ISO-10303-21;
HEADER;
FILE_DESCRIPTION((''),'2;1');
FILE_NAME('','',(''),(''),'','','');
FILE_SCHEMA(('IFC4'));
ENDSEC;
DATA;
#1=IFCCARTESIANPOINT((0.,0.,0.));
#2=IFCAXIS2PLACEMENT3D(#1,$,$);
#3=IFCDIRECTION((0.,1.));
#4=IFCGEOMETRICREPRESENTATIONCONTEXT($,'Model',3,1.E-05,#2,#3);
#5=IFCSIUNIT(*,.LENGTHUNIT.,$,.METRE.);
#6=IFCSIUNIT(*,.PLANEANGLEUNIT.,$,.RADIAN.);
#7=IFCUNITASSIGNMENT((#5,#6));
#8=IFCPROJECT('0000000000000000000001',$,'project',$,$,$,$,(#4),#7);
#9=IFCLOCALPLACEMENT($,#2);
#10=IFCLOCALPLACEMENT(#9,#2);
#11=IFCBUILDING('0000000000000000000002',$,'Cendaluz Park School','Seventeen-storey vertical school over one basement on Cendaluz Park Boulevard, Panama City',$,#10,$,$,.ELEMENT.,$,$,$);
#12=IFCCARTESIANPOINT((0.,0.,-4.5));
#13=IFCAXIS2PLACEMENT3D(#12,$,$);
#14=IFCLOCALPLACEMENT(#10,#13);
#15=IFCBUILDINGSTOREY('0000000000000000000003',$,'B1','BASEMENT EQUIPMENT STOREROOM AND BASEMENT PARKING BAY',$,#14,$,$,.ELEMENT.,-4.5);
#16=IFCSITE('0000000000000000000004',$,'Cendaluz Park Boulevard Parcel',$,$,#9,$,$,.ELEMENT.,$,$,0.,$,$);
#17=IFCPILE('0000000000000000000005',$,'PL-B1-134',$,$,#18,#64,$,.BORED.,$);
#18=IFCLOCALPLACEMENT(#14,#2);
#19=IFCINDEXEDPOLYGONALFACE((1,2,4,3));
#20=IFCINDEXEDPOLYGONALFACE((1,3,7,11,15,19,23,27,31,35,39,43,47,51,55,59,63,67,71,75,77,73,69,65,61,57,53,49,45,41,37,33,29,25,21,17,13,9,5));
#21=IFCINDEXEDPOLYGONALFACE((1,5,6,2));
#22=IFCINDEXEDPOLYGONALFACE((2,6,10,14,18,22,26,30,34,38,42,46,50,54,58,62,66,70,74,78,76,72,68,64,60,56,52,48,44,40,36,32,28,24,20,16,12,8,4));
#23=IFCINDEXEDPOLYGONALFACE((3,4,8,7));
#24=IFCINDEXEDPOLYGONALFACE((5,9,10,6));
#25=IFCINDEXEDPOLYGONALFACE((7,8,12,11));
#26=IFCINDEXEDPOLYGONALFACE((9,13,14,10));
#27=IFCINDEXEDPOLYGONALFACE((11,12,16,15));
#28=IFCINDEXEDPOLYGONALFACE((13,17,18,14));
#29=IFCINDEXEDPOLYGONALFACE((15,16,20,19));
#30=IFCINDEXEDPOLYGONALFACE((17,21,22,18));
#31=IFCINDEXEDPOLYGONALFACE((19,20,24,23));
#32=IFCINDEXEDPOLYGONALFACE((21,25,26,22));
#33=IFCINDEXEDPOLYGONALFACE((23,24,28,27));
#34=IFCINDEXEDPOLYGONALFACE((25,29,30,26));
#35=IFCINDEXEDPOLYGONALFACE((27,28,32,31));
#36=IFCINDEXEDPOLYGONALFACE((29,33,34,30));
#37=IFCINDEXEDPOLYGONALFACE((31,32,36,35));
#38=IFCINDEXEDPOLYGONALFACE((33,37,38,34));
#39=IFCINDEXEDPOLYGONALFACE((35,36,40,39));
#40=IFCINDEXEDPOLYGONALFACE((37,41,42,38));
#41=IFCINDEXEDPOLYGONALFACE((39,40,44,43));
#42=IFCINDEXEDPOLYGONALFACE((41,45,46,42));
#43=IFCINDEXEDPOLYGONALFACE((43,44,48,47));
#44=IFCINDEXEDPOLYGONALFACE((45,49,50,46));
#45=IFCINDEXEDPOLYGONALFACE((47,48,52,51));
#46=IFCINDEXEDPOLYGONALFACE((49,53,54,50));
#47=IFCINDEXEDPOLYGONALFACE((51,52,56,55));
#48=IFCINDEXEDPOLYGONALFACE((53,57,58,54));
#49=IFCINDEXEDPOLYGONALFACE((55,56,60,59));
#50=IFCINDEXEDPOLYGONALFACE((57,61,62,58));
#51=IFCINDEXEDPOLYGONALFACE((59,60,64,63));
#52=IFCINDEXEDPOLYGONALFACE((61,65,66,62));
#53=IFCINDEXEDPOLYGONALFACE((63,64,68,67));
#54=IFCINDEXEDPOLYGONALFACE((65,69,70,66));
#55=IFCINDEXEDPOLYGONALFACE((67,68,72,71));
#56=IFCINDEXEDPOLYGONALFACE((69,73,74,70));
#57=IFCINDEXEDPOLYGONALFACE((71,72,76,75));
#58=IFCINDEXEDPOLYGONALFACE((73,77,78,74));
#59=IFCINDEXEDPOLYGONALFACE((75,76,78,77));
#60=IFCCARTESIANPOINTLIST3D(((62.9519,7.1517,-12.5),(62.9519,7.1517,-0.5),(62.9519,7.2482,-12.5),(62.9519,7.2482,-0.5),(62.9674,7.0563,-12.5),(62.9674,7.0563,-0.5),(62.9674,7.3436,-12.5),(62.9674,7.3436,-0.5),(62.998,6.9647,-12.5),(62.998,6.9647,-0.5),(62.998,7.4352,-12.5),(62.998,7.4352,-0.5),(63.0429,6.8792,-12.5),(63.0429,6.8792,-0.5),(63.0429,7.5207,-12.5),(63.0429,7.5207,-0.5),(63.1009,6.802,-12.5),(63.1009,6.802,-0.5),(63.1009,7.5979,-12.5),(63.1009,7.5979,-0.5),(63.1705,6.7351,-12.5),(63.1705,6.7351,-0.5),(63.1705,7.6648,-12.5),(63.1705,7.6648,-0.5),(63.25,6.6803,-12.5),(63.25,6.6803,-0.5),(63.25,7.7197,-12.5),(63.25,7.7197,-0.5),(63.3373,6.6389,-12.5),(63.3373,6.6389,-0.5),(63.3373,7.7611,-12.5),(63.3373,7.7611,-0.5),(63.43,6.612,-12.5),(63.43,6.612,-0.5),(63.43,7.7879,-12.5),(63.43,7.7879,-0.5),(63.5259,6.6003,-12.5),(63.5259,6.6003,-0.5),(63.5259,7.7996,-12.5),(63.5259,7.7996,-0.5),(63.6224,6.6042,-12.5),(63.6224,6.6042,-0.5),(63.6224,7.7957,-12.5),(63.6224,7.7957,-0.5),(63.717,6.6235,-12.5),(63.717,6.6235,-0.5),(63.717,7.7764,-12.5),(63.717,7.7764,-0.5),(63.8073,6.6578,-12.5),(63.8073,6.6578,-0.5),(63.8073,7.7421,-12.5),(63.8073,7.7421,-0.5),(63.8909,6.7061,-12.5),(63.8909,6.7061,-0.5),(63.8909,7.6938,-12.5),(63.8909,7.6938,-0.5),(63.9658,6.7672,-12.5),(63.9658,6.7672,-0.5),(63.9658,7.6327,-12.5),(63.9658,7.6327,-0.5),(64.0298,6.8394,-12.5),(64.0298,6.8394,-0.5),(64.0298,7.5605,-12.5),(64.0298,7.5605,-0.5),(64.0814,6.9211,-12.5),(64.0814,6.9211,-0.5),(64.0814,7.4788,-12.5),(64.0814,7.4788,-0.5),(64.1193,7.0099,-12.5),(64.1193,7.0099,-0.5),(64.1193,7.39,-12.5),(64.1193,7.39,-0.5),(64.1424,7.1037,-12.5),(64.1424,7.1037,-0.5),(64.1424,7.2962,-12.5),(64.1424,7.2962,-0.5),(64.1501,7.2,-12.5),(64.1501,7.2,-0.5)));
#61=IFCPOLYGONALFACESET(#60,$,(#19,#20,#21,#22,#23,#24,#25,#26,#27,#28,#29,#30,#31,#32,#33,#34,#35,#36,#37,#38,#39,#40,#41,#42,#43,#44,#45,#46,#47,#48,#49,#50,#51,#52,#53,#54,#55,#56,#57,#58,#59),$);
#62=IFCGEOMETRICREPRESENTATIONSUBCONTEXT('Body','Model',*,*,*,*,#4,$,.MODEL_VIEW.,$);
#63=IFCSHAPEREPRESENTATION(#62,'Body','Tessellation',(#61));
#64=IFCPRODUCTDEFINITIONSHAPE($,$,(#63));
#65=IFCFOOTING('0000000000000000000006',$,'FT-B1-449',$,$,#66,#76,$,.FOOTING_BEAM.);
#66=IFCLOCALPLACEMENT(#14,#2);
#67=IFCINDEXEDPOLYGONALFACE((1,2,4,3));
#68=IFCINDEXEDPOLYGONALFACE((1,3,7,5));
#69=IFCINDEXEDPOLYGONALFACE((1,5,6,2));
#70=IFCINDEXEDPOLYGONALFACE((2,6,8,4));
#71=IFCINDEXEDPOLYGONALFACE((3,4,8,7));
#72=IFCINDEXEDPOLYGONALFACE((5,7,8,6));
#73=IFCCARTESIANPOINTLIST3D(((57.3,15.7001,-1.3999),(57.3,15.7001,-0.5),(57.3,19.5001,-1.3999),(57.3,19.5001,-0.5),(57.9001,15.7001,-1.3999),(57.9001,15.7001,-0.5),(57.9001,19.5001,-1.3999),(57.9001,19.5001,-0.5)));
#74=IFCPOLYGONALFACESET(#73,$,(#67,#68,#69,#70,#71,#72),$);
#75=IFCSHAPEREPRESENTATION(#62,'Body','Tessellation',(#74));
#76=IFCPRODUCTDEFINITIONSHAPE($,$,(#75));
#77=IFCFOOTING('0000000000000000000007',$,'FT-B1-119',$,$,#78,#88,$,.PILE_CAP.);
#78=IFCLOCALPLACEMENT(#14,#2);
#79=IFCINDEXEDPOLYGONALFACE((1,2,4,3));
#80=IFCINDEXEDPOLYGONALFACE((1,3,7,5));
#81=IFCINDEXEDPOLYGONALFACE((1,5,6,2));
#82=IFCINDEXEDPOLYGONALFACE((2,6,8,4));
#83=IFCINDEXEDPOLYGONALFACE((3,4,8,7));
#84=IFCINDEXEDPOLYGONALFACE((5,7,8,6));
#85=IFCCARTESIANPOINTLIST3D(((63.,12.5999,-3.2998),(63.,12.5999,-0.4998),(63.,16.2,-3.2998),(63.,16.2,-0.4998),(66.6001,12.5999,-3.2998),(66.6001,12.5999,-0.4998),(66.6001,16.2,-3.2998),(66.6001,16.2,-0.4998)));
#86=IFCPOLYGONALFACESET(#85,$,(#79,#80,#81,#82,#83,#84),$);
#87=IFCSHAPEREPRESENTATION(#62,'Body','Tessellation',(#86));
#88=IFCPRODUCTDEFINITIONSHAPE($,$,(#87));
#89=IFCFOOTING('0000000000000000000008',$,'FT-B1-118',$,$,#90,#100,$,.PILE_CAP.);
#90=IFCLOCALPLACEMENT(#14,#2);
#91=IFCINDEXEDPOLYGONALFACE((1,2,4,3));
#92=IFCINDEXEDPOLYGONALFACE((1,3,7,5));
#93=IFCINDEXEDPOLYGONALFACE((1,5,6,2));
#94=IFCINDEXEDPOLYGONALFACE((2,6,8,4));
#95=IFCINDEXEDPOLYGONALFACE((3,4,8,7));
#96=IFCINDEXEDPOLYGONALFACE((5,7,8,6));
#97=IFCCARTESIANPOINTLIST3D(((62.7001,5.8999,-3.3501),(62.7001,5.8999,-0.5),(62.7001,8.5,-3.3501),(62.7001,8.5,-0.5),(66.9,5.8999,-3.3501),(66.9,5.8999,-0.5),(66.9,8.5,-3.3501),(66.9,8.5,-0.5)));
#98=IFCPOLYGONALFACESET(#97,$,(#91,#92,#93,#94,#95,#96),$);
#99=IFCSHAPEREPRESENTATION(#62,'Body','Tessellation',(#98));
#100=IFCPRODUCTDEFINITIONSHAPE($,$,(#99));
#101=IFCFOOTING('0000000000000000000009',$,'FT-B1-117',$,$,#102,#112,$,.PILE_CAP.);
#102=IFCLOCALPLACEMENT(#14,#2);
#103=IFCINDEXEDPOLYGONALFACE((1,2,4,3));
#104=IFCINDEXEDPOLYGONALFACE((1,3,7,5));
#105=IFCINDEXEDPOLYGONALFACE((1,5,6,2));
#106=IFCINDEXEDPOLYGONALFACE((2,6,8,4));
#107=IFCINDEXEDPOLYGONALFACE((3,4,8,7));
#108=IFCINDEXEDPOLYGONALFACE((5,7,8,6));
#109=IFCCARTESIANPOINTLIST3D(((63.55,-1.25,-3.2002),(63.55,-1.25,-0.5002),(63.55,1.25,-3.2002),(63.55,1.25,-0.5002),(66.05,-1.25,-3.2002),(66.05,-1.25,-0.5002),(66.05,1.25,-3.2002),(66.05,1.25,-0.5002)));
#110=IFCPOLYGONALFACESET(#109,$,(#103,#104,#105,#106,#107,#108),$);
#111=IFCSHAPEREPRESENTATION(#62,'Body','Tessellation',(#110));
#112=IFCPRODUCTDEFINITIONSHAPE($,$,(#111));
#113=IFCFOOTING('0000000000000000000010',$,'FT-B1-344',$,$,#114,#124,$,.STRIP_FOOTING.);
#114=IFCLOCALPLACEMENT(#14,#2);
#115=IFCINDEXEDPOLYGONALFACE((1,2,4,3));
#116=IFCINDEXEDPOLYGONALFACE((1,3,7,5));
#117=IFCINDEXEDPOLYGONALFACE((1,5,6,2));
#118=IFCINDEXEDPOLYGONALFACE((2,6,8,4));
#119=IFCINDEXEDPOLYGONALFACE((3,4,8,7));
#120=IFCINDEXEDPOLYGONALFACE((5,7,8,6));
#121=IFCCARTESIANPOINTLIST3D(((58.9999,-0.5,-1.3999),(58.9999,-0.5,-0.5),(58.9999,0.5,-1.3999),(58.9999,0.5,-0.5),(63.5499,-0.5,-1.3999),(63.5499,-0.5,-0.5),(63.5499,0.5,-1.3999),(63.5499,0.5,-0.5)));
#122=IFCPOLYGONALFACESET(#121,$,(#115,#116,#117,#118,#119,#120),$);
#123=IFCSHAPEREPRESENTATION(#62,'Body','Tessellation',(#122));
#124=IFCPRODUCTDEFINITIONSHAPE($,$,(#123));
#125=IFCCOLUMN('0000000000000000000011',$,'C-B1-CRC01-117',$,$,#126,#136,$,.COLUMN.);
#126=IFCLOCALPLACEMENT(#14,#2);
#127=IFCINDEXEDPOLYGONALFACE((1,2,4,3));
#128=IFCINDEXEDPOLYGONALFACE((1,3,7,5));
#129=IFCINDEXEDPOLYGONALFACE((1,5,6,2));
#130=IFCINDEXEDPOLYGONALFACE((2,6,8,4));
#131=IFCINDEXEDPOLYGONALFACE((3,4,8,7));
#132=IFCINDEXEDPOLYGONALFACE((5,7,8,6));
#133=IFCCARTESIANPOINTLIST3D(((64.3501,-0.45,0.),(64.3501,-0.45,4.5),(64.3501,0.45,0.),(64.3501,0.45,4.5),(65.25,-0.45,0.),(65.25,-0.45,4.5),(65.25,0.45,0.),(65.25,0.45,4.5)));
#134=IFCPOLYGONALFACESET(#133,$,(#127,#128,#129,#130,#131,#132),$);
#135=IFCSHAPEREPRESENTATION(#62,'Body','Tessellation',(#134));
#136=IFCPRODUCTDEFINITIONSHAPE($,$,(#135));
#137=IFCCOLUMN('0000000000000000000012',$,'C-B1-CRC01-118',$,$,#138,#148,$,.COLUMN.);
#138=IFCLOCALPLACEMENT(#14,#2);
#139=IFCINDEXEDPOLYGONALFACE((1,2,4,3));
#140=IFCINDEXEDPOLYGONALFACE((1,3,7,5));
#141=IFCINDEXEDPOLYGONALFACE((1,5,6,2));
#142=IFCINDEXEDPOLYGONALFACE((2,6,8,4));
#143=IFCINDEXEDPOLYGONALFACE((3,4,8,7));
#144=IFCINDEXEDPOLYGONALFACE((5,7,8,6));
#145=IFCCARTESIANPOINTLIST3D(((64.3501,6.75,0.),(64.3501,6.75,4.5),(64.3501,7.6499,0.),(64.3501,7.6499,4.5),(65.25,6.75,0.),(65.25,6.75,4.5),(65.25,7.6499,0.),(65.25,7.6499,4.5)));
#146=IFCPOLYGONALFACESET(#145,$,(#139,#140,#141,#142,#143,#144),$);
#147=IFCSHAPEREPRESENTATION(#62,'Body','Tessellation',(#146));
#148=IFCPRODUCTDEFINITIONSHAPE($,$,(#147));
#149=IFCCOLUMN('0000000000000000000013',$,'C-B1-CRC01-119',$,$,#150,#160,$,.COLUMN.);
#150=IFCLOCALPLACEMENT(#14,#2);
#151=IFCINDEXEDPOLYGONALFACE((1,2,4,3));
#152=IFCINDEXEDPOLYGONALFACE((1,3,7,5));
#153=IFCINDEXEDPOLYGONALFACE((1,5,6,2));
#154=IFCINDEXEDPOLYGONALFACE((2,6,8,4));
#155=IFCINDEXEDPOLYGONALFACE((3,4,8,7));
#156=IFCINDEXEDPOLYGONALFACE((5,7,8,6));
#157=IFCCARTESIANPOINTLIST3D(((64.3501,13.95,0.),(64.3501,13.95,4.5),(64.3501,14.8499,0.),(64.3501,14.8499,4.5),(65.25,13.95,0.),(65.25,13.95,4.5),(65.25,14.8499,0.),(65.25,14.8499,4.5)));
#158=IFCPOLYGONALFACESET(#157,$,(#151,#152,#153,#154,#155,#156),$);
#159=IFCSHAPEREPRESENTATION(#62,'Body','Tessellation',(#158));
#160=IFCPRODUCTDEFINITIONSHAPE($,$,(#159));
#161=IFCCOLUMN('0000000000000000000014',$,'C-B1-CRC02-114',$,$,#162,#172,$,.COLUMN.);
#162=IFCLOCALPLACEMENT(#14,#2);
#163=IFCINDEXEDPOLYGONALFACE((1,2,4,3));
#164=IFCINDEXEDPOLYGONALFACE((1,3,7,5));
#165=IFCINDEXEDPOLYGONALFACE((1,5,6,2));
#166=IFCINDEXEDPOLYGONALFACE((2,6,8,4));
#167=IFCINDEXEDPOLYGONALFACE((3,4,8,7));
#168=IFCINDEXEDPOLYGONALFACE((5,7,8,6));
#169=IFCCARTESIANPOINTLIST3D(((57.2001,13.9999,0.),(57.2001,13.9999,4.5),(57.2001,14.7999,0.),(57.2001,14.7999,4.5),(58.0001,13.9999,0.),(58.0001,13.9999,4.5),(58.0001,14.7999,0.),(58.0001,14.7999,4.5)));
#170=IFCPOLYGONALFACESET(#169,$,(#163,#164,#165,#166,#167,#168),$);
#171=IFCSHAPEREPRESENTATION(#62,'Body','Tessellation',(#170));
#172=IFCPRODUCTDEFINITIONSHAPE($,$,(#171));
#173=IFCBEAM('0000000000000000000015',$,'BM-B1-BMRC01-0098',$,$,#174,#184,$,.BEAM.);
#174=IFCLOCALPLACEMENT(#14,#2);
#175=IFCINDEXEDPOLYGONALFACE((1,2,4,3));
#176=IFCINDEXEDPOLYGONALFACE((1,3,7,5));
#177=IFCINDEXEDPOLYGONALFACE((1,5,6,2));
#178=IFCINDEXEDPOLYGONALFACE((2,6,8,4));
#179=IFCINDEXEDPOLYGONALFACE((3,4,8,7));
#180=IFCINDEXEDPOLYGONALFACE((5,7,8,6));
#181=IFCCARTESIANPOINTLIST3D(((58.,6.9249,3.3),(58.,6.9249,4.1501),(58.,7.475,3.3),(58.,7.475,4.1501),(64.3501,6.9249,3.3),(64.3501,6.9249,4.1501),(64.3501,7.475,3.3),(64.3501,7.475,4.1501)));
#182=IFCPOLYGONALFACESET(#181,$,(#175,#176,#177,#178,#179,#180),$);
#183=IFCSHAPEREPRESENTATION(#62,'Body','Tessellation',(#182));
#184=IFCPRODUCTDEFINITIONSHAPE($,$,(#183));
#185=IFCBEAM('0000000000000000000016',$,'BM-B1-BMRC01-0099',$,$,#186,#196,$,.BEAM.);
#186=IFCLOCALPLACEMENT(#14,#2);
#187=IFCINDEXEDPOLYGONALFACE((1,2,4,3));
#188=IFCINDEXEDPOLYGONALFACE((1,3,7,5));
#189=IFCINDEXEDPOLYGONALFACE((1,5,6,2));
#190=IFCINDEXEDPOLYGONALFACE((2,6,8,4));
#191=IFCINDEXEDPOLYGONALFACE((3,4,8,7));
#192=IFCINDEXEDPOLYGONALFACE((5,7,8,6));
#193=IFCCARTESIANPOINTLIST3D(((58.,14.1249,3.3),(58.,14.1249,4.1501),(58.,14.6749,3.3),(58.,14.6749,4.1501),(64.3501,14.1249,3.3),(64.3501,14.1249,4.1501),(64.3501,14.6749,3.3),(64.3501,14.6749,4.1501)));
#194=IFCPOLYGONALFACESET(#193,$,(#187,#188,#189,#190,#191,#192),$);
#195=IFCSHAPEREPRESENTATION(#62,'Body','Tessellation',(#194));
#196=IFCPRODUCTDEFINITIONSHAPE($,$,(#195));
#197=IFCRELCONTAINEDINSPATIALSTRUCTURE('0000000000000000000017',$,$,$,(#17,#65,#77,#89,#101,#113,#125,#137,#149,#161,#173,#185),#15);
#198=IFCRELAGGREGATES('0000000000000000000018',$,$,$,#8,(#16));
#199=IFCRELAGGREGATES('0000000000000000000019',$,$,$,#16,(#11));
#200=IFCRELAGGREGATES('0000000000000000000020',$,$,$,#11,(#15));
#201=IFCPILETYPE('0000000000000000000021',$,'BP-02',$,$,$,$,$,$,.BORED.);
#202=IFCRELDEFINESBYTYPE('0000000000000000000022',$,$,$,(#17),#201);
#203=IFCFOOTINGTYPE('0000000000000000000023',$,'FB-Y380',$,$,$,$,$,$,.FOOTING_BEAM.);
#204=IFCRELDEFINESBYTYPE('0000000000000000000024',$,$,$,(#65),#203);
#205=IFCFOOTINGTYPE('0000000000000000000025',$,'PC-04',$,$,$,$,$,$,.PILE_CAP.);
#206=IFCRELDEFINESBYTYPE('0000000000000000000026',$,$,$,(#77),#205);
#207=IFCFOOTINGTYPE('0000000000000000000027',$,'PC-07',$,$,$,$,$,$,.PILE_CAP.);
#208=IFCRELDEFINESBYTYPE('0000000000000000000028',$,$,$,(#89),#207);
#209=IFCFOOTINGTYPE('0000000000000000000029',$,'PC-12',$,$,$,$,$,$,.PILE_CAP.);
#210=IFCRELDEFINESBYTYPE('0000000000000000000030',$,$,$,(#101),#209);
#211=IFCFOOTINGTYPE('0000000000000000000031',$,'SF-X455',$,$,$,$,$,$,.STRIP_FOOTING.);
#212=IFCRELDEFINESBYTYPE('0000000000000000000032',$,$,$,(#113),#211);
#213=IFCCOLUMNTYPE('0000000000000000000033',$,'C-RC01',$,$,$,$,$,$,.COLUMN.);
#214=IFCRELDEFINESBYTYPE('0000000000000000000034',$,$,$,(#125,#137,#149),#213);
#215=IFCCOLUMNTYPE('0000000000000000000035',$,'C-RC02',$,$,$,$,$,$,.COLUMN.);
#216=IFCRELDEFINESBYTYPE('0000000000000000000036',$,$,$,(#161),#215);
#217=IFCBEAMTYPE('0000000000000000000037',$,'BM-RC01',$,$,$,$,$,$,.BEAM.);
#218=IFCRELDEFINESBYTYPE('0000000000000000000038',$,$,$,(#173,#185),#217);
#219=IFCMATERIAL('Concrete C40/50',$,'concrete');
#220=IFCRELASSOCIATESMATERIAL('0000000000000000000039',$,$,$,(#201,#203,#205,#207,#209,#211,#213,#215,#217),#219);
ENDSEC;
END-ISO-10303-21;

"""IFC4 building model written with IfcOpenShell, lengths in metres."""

from ifc_helpers import new_model, si_unit, direction, frame, origin, origin_2d, place, context, subcontext, project, spatial, rectangle, circle, extrude, material, material_profile, profile_set, type_object, element, save


model = new_model("IFC4")

# Units and contexts
model_context = context("Model", 3, precision=1e-05, world=origin(), true_north=direction((0.0, 1.0)))
body_context = subcontext(model_context, "Body", "Model", "MODEL_VIEW")
ifc_project = project(units=[si_unit("LENGTHUNIT", "METRE"), si_unit("PLANEANGLEUNIT", "RADIAN")], contexts=[model_context])

# Site, building, storey
site_placement = place(None, origin())
site = spatial("IfcSite", under=ifc_project, at=site_placement, Name="Cendaluz Park Boulevard Parcel", CompositionType="ELEMENT", RefElevation=0.0)
building_placement = place(site_placement, origin())
building = spatial("IfcBuilding", under=site, at=building_placement, Name="Cendaluz Park School", Description="Seventeen-storey vertical school over one basement on Cendaluz Park Boulevard, Panama City", CompositionType="ELEMENT")
storey_placement = place(building_placement, frame((0.0, 0.0, -4.5)))
storey = spatial("IfcBuildingStorey", under=building, at=storey_placement, Name="B1", Description="BASEMENT EQUIPMENT STOREROOM AND BASEMENT PARKING BAY", CompositionType="ELEMENT", Elevation=-4.5)

# Pile
ifc_material_1 = material(Name="Concrete C40/50", Category="concrete")
ifc_material_profile_1 = material_profile(ifc_material_1, circle(Radius=0.6001, at=origin_2d()), Name="BP D1200", Category="concrete")
ifc_profile_set_1 = profile_set([ifc_material_profile_1], Name="Concrete C40/50")
pile_type_1 = type_object("IfcPileType", Name="BP-02", PredefinedType="BORED", material=ifc_profile_set_1)
for number, where, z_axis, x_axis, name in (
    (1, (63.55, 7.2, -0.5), (0.0, 0.0, -1.0), (1.0, 0.0, 0.0), "PL-B1-134"),
):
    element("IfcPile", number, at=place(storey_placement, frame(where, z_axis=z_axis, x_axis=x_axis)), inside=storey, type_object=pile_type_1, Name=name, PredefinedType="BORED", context=body_context, shape_type="SweptSolid", body=[
        extrude(circle(Radius=0.6001, at=origin_2d()), origin(), (0.0, 0.0, 1.0), 12.0),
    ])

# Footings
footing_type_1 = type_object("IfcFootingType", Name="FB-Y380", PredefinedType="FOOTING_BEAM", material=ifc_material_1)
footing_1_placement = place(storey_placement, frame((57.6001, 17.6001, -1.3999), z_axis=(0.0, 0.0, 1.0), x_axis=(1.0, 0.0, 0.0)))
element("IfcFooting", 2, at=footing_1_placement, inside=storey, type_object=footing_type_1, Name="FT-B1-449", PredefinedType="FOOTING_BEAM", context=body_context, shape_type="SweptSolid", body=[
    extrude(rectangle(XDim=0.6001, YDim=3.8, at=origin_2d()), origin(), (0.0, 0.0, 1.0), 0.8999),
])
footing_type_2 = type_object("IfcFootingType", Name="PC-04", PredefinedType="PILE_CAP", material=ifc_material_1)
footing_2_placement = place(storey_placement, frame((64.8, 14.3999, -3.2998), z_axis=(0.0, 0.0, 1.0), x_axis=(1.0, 0.0, 0.0)))
element("IfcFooting", 3, at=footing_2_placement, inside=storey, type_object=footing_type_2, Name="FT-B1-119", PredefinedType="PILE_CAP", context=body_context, shape_type="SweptSolid", body=[
    extrude(rectangle(XDim=3.6001, YDim=3.6001, at=origin_2d()), origin(), (0.0, 0.0, 1.0), 2.8),
])
footing_type_3 = type_object("IfcFootingType", Name="PC-07", PredefinedType="PILE_CAP", material=ifc_material_1)
footing_3_placement = place(storey_placement, frame((64.8, 7.2, -3.3501), z_axis=(0.0, 0.0, 1.0), x_axis=(1.0, 0.0, 0.0)))
element("IfcFooting", 4, at=footing_3_placement, inside=storey, type_object=footing_type_3, Name="FT-B1-118", PredefinedType="PILE_CAP", context=body_context, shape_type="SweptSolid", body=[
    extrude(rectangle(XDim=4.2, YDim=2.6001, at=origin_2d()), origin(), (0.0, 0.0, 1.0), 2.8501),
])
footing_type_4 = type_object("IfcFootingType", Name="PC-12", PredefinedType="PILE_CAP", material=ifc_material_1)
footing_4_placement = place(storey_placement, frame((64.8, 0.0, -3.2002), z_axis=(0.0, 0.0, 1.0), x_axis=(1.0, 0.0, 0.0)))
element("IfcFooting", 5, at=footing_4_placement, inside=storey, type_object=footing_type_4, Name="FT-B1-117", PredefinedType="PILE_CAP", context=body_context, shape_type="SweptSolid", body=[
    extrude(rectangle(XDim=2.5, YDim=2.5, at=origin_2d()), origin(), (0.0, 0.0, 1.0), 2.7),
])
footing_type_5 = type_object("IfcFootingType", Name="SF-X455", PredefinedType="STRIP_FOOTING", material=ifc_material_1)
footing_5_placement = place(storey_placement, frame((61.2749, 0.0, -1.3999), z_axis=(0.0, 0.0, 1.0), x_axis=(1.0, 0.0, 0.0)))
element("IfcFooting", 6, at=footing_5_placement, inside=storey, type_object=footing_type_5, Name="FT-B1-344", PredefinedType="STRIP_FOOTING", context=body_context, shape_type="SweptSolid", body=[
    extrude(rectangle(XDim=4.55, YDim=1.0, at=origin_2d()), origin(), (0.0, 0.0, 1.0), 0.8999),
])

# Columns
ifc_material_profile_2 = material_profile(ifc_material_1, rectangle(XDim=0.8999, YDim=0.8999, at=origin_2d()), Name="RC 900x900", Category="concrete")
ifc_profile_set_2 = profile_set([ifc_material_profile_2], Name="Concrete C40/50")
column_type_1 = type_object("IfcColumnType", Name="C-RC01", PredefinedType="COLUMN", material=ifc_profile_set_2)
for number, where, z_axis, x_axis, name in (
    (7, (64.8, 0.0, 0.0), (0.0, 0.0, 1.0), (1.0, 0.0, 0.0), "C-B1-CRC01-117"),
    (8, (64.8, 7.2, 0.0), (0.0, 0.0, 1.0), (1.0, 0.0, 0.0), "C-B1-CRC01-118"),
    (9, (64.8, 14.3999, 0.0), (0.0, 0.0, 1.0), (1.0, 0.0, 0.0), "C-B1-CRC01-119"),
):
    element("IfcColumn", number, at=place(storey_placement, frame(where, z_axis=z_axis, x_axis=x_axis)), inside=storey, type_object=column_type_1, Name=name, PredefinedType="COLUMN", context=body_context, shape_type="SweptSolid", body=[
        extrude(rectangle(XDim=0.8999, YDim=0.8999, at=origin_2d()), origin(), (0.0, 0.0, 1.0), 4.5),
    ])
ifc_material_profile_3 = material_profile(ifc_material_1, rectangle(XDim=0.8, YDim=0.8, at=origin_2d()), Name="RC 800x800", Category="concrete")
ifc_profile_set_3 = profile_set([ifc_material_profile_3], Name="Concrete C40/50")
column_type_2 = type_object("IfcColumnType", Name="C-RC02", PredefinedType="COLUMN", material=ifc_profile_set_3)
column_placement = place(storey_placement, frame((57.6001, 14.3999, 0.0), z_axis=(0.0, 0.0, 1.0), x_axis=(1.0, 0.0, 0.0)))
element("IfcColumn", 10, at=column_placement, inside=storey, type_object=column_type_2, Name="C-B1-CRC02-114", PredefinedType="COLUMN", context=body_context, shape_type="SweptSolid", body=[
    extrude(rectangle(XDim=0.8, YDim=0.8, at=origin_2d()), origin(), (0.0, 0.0, 1.0), 4.5),
])

# Beams
ifc_material_profile_4 = material_profile(ifc_material_1, rectangle(XDim=0.55, YDim=0.8501, at=origin_2d()), Name="RC 550x850", Category="concrete")
ifc_profile_set_4 = profile_set([ifc_material_profile_4], Name="Concrete C40/50")
beam_type_1 = type_object("IfcBeamType", Name="BM-RC01", PredefinedType="BEAM", material=ifc_profile_set_4)
for number, where, z_axis, x_axis, name in (
    (11, (58.0, 7.2, 3.7251), (1.0, 0.0, 0.0), (0.0, 1.0, 0.0), "BM-B1-BMRC01-0098"),
    (12, (58.0, 14.3999, 3.7251), (1.0, 0.0, 0.0), (0.0, 1.0, 0.0), "BM-B1-BMRC01-0099"),
):
    element("IfcBeam", number, at=place(storey_placement, frame(where, z_axis=z_axis, x_axis=x_axis)), inside=storey, type_object=beam_type_1, Name=name, PredefinedType="BEAM", context=body_context, shape_type="SweptSolid", body=[
        extrude(rectangle(XDim=0.55, YDim=0.8501, at=origin_2d()), origin(), (0.0, 0.0, 1.0), 6.3501),
    ])

save(model, "model.ifc")
